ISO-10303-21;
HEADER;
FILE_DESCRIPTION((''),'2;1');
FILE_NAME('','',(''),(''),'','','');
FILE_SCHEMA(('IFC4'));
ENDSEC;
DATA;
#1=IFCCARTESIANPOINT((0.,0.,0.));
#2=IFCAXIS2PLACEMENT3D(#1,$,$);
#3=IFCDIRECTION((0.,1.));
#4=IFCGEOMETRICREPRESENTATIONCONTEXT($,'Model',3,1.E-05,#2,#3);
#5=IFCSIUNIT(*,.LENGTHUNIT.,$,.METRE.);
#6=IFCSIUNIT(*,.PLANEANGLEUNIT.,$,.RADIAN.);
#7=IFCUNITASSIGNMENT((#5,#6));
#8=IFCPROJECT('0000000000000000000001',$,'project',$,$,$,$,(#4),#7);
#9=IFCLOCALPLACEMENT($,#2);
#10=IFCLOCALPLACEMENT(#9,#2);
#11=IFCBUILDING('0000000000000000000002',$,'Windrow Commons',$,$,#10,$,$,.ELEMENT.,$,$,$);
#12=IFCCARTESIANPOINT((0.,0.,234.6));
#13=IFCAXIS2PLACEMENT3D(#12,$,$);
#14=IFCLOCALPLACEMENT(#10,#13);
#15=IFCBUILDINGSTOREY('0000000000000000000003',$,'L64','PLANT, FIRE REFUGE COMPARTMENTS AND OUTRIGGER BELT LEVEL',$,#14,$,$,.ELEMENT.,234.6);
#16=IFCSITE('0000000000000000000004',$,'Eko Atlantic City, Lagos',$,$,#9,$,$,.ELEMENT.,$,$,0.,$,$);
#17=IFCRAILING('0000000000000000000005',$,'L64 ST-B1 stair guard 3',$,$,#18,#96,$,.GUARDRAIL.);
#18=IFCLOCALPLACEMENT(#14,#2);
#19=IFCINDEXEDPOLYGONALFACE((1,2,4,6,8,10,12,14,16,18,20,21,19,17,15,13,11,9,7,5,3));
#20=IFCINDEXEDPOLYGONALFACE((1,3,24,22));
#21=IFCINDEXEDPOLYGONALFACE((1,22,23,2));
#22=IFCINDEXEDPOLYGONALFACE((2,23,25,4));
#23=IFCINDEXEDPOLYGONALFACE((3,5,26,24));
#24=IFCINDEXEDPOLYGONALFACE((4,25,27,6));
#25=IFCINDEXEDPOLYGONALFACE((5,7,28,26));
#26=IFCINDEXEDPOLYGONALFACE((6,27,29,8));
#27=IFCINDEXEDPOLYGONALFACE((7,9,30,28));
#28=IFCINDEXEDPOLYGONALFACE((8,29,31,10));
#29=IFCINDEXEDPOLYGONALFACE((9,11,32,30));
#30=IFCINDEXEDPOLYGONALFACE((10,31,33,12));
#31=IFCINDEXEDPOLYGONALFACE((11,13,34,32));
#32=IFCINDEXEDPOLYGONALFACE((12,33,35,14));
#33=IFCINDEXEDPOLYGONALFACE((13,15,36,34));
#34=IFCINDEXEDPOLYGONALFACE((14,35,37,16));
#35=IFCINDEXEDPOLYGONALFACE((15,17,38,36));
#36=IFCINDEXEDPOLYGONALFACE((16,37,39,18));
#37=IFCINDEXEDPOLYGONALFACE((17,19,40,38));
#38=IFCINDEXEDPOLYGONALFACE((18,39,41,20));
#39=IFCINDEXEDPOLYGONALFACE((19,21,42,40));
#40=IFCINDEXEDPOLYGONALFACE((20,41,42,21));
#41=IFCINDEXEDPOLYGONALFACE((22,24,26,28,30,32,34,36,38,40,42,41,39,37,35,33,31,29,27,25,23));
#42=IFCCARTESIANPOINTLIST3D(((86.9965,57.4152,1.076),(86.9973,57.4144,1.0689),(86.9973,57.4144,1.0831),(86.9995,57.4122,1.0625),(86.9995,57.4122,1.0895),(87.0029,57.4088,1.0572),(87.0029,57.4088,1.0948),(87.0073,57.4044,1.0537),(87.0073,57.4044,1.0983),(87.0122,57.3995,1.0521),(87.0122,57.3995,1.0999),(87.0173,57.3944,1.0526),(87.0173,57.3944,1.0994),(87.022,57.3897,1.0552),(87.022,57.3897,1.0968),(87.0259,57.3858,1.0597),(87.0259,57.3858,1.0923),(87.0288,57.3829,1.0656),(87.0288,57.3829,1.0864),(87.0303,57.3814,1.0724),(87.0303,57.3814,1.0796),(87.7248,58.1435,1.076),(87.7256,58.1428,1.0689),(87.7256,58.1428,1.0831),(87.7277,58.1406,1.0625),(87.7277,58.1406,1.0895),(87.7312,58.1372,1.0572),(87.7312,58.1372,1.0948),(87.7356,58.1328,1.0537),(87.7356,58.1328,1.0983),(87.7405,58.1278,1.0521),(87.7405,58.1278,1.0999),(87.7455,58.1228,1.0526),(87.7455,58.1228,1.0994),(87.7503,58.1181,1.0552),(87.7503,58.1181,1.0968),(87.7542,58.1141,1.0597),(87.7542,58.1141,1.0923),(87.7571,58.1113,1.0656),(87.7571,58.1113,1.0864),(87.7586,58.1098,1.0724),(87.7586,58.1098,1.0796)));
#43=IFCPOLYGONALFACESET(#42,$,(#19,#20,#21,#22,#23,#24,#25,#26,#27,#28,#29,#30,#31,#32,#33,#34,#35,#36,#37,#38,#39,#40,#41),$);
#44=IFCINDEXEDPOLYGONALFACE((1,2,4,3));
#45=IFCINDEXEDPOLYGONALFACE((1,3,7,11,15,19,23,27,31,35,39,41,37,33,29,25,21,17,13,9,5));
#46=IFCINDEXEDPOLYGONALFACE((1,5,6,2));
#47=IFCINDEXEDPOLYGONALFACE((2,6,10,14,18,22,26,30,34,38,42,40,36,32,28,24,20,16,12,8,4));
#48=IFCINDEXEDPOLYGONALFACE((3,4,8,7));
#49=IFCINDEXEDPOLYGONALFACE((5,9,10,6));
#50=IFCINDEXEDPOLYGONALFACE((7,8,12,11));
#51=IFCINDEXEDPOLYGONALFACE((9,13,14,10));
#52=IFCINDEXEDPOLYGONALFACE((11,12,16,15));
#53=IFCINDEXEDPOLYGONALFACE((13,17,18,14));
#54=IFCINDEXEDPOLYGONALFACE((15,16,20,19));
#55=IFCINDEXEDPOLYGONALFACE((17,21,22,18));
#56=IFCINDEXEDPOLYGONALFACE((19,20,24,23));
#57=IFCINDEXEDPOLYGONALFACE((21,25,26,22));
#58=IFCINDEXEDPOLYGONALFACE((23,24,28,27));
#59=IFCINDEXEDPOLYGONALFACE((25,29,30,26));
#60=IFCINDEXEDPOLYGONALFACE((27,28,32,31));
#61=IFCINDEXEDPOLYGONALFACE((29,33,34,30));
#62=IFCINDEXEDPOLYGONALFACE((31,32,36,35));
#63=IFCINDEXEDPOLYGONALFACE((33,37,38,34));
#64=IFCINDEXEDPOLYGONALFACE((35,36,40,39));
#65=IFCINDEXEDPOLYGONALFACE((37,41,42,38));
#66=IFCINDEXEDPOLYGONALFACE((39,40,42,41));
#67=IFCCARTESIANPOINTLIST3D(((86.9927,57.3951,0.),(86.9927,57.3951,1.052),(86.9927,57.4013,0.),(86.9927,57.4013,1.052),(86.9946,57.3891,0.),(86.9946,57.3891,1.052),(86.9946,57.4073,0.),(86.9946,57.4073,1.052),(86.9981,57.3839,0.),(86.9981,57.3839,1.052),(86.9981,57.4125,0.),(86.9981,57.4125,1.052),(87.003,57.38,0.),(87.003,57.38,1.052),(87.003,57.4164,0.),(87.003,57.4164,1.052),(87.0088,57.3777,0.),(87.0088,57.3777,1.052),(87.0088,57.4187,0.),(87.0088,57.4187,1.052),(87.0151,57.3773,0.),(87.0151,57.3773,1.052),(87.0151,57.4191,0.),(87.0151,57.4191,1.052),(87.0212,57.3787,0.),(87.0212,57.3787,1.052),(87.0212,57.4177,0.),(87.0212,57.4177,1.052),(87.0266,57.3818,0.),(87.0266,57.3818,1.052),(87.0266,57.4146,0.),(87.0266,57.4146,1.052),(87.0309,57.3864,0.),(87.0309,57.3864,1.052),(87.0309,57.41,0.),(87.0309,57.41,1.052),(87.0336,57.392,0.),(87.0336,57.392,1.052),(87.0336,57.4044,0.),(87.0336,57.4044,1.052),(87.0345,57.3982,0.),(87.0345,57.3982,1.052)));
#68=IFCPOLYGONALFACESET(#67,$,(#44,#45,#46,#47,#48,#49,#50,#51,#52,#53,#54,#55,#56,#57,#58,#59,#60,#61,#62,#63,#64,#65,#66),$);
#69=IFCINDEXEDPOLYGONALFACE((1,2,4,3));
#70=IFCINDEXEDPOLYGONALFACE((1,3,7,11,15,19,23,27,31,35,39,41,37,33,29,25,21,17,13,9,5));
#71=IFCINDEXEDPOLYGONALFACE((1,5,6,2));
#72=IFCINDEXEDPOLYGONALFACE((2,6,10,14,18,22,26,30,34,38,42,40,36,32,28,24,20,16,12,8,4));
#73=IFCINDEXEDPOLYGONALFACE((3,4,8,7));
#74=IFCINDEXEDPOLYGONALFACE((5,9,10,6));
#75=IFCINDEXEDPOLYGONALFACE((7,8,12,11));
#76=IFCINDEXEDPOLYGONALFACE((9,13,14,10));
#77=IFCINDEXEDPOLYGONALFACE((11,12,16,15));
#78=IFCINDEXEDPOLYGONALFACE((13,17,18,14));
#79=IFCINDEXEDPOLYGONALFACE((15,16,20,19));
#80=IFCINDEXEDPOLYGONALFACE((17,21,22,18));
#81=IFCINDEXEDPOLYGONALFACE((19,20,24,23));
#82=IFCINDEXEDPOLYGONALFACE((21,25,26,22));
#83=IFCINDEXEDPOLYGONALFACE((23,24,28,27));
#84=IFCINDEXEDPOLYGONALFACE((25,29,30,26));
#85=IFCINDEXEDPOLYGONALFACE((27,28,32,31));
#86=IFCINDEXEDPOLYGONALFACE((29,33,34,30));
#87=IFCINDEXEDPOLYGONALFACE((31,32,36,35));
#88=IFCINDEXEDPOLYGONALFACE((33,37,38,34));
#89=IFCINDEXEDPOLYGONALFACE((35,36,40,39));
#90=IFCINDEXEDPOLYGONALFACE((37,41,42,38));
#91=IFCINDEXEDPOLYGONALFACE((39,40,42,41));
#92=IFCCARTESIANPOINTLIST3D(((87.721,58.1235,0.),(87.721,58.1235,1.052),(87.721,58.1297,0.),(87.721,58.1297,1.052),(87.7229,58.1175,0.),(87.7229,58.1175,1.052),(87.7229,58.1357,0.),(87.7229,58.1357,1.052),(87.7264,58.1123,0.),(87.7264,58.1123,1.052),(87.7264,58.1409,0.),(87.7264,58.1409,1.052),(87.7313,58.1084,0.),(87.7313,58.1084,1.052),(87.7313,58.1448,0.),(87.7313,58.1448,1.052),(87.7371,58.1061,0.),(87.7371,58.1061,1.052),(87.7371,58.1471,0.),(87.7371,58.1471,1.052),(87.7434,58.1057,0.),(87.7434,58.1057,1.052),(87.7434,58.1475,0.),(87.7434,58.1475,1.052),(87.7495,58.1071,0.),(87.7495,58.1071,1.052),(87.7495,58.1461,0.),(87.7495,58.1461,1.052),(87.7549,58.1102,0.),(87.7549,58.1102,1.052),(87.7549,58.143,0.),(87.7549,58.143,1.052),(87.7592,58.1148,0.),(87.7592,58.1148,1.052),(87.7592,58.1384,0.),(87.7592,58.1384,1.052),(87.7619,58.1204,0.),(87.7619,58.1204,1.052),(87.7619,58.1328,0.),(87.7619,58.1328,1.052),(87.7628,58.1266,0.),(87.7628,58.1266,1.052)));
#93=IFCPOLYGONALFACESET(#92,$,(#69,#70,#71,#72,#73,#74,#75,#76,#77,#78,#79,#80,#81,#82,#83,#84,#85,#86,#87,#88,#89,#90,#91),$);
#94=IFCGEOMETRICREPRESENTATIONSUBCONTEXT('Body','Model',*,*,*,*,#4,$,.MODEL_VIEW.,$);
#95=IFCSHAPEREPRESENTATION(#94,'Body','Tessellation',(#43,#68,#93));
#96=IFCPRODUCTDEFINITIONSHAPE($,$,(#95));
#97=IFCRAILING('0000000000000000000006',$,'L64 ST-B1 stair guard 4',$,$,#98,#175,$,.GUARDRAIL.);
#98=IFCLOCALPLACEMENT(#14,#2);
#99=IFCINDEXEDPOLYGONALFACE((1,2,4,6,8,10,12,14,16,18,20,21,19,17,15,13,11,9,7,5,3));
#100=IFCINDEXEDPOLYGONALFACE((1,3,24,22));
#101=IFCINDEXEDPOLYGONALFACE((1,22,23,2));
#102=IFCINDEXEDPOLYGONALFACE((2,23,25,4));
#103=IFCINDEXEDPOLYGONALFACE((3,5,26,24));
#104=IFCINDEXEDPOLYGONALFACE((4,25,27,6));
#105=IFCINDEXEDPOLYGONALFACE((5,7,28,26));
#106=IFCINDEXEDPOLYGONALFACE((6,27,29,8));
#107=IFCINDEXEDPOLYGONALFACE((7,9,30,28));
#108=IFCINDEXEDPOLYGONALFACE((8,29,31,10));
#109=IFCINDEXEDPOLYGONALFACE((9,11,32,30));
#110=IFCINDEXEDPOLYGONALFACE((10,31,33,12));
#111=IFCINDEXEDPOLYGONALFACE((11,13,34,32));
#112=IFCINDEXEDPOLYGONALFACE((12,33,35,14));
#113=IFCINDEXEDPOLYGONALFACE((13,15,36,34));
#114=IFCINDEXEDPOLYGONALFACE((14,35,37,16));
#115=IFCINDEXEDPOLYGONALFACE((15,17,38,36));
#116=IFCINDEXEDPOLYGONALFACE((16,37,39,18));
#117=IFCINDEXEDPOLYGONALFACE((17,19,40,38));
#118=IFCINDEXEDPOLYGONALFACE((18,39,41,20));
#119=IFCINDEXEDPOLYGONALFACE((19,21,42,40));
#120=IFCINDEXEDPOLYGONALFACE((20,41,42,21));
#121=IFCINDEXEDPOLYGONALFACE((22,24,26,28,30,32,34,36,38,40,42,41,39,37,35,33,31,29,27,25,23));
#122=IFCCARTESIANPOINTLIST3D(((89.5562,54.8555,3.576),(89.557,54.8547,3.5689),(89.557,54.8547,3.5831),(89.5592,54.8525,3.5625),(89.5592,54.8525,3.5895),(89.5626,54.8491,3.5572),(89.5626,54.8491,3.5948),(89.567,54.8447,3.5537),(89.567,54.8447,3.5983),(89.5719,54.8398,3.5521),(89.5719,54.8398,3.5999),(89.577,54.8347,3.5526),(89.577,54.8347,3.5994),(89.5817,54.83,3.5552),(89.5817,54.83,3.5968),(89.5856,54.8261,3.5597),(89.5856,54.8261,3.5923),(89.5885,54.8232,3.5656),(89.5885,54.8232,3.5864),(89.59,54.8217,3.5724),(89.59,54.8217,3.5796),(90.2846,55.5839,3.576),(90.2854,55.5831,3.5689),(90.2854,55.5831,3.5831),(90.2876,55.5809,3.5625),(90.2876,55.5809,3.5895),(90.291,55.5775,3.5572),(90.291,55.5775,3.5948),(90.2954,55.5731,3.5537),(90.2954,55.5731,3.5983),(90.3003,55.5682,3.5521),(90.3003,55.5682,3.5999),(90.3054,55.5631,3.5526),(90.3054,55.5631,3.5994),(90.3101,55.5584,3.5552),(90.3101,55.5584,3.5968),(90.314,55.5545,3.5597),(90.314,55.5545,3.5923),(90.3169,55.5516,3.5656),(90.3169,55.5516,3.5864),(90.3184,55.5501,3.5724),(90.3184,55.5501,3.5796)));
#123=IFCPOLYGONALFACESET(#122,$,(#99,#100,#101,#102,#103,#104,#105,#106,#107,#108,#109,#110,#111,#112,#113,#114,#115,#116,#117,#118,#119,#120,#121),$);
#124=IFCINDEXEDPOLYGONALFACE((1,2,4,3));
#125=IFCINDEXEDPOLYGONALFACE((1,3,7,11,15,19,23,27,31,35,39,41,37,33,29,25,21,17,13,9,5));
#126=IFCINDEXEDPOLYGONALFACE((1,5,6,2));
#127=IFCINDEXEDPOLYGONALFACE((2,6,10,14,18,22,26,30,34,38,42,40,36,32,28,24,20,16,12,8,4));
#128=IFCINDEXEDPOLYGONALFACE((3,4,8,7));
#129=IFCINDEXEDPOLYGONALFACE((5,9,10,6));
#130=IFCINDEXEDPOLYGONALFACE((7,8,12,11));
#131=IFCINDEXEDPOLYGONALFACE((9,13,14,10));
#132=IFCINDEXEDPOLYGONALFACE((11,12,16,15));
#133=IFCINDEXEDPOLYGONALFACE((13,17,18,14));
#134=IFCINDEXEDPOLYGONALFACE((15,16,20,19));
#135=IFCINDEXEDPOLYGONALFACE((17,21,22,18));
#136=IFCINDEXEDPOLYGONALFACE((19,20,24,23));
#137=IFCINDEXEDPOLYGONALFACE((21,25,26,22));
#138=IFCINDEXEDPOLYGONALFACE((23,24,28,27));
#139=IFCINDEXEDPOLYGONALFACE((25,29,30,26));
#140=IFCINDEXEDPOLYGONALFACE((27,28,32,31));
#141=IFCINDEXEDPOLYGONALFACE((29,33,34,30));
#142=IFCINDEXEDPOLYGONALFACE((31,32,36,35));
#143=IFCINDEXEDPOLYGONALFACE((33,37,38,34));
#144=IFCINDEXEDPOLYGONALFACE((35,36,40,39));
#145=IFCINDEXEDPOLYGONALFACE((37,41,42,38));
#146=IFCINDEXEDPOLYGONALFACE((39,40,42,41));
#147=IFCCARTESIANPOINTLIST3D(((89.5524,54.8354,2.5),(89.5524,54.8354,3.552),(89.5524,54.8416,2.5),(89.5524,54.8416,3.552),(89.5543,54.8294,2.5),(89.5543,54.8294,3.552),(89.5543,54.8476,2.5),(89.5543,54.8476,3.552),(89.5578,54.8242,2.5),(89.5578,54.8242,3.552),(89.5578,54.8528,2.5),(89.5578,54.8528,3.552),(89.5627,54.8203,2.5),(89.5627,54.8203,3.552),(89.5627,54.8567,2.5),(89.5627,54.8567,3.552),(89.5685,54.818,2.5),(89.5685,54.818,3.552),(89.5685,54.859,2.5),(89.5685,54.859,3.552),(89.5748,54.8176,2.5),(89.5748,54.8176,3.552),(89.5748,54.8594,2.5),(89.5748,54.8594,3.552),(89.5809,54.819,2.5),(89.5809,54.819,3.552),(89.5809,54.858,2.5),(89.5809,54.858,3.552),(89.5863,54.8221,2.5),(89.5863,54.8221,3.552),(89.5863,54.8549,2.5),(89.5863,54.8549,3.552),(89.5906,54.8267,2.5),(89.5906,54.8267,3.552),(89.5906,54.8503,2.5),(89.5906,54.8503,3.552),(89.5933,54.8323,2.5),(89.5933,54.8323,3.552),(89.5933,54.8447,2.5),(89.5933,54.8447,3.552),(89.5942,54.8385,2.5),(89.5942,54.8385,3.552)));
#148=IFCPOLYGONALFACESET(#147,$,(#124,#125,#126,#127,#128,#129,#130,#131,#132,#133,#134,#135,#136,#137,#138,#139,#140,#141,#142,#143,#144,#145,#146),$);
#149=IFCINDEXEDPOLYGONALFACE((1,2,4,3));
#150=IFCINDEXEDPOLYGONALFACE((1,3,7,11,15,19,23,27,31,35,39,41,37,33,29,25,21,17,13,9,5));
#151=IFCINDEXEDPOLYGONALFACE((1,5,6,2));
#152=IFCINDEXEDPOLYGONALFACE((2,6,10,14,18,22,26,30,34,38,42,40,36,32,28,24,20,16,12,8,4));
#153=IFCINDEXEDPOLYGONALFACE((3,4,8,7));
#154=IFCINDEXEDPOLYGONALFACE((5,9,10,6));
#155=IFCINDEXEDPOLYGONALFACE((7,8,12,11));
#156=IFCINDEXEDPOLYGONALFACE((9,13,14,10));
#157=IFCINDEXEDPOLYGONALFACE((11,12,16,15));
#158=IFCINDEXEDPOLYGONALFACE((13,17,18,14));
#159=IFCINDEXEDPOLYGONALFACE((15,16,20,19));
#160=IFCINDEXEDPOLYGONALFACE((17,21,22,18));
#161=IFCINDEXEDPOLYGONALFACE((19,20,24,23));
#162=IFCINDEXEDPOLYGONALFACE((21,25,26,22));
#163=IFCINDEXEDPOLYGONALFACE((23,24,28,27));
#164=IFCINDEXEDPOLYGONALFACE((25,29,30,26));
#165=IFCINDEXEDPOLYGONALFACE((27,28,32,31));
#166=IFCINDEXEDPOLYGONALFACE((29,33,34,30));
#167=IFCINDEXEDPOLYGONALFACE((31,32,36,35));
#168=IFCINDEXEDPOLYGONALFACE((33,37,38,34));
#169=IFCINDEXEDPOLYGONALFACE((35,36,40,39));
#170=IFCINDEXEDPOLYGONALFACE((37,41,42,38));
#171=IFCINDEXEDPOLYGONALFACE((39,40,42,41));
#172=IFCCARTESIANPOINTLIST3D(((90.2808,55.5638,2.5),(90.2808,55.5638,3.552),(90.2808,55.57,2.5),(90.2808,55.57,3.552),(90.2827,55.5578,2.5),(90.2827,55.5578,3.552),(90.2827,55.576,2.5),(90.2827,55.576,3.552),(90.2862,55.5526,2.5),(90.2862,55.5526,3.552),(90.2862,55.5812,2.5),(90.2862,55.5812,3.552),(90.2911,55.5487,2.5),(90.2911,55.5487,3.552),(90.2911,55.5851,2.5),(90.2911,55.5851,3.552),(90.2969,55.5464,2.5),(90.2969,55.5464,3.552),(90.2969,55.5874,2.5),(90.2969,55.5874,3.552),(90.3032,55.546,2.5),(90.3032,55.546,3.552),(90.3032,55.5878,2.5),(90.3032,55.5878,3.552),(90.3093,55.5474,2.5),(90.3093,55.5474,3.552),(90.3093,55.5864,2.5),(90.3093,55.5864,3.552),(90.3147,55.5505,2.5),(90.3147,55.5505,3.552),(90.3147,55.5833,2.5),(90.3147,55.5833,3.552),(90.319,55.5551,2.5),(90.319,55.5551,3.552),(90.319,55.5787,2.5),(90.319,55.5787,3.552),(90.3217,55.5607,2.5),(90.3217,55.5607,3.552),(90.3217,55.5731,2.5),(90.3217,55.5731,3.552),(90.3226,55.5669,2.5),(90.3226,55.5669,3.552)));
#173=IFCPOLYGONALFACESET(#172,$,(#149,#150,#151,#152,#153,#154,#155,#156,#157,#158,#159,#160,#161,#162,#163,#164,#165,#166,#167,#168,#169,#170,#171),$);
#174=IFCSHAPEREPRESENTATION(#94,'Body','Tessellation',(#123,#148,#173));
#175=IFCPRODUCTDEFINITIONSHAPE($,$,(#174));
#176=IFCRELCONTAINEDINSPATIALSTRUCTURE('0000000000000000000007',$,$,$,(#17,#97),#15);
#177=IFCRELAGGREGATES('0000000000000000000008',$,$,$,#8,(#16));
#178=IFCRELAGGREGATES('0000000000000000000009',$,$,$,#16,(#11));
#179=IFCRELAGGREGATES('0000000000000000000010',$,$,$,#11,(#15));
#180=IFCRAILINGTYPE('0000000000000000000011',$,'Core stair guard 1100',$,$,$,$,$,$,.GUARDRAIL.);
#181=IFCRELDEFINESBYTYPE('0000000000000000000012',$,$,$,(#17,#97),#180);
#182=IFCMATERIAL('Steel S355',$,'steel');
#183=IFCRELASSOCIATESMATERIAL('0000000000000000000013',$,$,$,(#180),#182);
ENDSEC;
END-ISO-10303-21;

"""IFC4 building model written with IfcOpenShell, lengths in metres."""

from ifc_helpers import new_model, si_unit, direction, frame, origin, origin_2d, place, context, subcontext, project, spatial, circle, extrude, material, type_object, element, save


model = new_model("IFC4")

# Units and contexts
model_context = context("Model", 3, precision=1e-05, world=origin(), true_north=direction((0.0, 1.0)))
body_context = subcontext(model_context, "Body", "Model", "MODEL_VIEW")
ifc_project = project(units=[si_unit("LENGTHUNIT", "METRE"), si_unit("PLANEANGLEUNIT", "RADIAN")], contexts=[model_context])

# Site, building, storey
site_placement = place(None, origin())
site = spatial("IfcSite", under=ifc_project, at=site_placement, Name="Eko Atlantic City, Lagos", CompositionType="ELEMENT", RefElevation=0.0)
building_placement = place(site_placement, origin())
building = spatial("IfcBuilding", under=site, at=building_placement, Name="Windrow Commons", CompositionType="ELEMENT")
storey_placement = place(building_placement, frame((0.0, 0.0, 234.6)))
storey = spatial("IfcBuildingStorey", under=building, at=storey_placement, Name="L64", Description="PLANT, FIRE REFUGE COMPARTMENTS AND OUTRIGGER BELT LEVEL", CompositionType="ELEMENT", Elevation=234.6)

# Railings
ifc_material_1 = material(Name="Steel S355", Category="steel")
railing_type_1 = type_object("IfcRailingType", Name="Core stair guard 1100", PredefinedType="GUARDRAIL", material=ifc_material_1)
railing_1_placement = place(storey_placement, frame((87.0135, 57.3982, 0.0)))
element("IfcRailing", 1, at=railing_1_placement, inside=storey, type_object=railing_type_1, Name="L64 ST-B1 stair guard 3", PredefinedType="GUARDRAIL", context=body_context, shape_type="SweptSolid", body=[
    extrude(circle(Radius=0.024, at=origin_2d()), frame((0.0, 0.0, 1.076), z_axis=(0.707058, 0.707155, 0.0), x_axis=(-0.707155, 0.707058, 0.0)), (0.0, 0.0, 1.0), 1.03),
    extrude(circle(Radius=0.021, at=origin_2d()), origin(), (0.0, 0.0, 1.0), 1.052),
    extrude(circle(Radius=0.021, at=origin_2d()), frame((0.7283, 0.7284, 0.0)), (0.0, 0.0, 1.0), 1.052),
])
railing_2_placement = place(storey_placement, frame((89.5732, 54.8385, 2.5)))
element("IfcRailing", 2, at=railing_2_placement, inside=storey, type_object=railing_type_1, Name="L64 ST-B1 stair guard 4", PredefinedType="GUARDRAIL", context=body_context, shape_type="SweptSolid", body=[
    extrude(circle(Radius=0.024, at=origin_2d()), frame((0.0, 0.0, 1.076), z_axis=(0.707107, 0.707107, 0.0), x_axis=(-0.707107, 0.707107, 0.0)), (0.0, 0.0, 1.0), 1.0301),
    extrude(circle(Radius=0.021, at=origin_2d()), origin(), (0.0, 0.0, 1.0), 1.052),
    extrude(circle(Radius=0.021, at=origin_2d()), frame((0.7284, 0.7284, 0.0)), (0.0, 0.0, 1.0), 1.052),
])

save(model, "model.ifc")
